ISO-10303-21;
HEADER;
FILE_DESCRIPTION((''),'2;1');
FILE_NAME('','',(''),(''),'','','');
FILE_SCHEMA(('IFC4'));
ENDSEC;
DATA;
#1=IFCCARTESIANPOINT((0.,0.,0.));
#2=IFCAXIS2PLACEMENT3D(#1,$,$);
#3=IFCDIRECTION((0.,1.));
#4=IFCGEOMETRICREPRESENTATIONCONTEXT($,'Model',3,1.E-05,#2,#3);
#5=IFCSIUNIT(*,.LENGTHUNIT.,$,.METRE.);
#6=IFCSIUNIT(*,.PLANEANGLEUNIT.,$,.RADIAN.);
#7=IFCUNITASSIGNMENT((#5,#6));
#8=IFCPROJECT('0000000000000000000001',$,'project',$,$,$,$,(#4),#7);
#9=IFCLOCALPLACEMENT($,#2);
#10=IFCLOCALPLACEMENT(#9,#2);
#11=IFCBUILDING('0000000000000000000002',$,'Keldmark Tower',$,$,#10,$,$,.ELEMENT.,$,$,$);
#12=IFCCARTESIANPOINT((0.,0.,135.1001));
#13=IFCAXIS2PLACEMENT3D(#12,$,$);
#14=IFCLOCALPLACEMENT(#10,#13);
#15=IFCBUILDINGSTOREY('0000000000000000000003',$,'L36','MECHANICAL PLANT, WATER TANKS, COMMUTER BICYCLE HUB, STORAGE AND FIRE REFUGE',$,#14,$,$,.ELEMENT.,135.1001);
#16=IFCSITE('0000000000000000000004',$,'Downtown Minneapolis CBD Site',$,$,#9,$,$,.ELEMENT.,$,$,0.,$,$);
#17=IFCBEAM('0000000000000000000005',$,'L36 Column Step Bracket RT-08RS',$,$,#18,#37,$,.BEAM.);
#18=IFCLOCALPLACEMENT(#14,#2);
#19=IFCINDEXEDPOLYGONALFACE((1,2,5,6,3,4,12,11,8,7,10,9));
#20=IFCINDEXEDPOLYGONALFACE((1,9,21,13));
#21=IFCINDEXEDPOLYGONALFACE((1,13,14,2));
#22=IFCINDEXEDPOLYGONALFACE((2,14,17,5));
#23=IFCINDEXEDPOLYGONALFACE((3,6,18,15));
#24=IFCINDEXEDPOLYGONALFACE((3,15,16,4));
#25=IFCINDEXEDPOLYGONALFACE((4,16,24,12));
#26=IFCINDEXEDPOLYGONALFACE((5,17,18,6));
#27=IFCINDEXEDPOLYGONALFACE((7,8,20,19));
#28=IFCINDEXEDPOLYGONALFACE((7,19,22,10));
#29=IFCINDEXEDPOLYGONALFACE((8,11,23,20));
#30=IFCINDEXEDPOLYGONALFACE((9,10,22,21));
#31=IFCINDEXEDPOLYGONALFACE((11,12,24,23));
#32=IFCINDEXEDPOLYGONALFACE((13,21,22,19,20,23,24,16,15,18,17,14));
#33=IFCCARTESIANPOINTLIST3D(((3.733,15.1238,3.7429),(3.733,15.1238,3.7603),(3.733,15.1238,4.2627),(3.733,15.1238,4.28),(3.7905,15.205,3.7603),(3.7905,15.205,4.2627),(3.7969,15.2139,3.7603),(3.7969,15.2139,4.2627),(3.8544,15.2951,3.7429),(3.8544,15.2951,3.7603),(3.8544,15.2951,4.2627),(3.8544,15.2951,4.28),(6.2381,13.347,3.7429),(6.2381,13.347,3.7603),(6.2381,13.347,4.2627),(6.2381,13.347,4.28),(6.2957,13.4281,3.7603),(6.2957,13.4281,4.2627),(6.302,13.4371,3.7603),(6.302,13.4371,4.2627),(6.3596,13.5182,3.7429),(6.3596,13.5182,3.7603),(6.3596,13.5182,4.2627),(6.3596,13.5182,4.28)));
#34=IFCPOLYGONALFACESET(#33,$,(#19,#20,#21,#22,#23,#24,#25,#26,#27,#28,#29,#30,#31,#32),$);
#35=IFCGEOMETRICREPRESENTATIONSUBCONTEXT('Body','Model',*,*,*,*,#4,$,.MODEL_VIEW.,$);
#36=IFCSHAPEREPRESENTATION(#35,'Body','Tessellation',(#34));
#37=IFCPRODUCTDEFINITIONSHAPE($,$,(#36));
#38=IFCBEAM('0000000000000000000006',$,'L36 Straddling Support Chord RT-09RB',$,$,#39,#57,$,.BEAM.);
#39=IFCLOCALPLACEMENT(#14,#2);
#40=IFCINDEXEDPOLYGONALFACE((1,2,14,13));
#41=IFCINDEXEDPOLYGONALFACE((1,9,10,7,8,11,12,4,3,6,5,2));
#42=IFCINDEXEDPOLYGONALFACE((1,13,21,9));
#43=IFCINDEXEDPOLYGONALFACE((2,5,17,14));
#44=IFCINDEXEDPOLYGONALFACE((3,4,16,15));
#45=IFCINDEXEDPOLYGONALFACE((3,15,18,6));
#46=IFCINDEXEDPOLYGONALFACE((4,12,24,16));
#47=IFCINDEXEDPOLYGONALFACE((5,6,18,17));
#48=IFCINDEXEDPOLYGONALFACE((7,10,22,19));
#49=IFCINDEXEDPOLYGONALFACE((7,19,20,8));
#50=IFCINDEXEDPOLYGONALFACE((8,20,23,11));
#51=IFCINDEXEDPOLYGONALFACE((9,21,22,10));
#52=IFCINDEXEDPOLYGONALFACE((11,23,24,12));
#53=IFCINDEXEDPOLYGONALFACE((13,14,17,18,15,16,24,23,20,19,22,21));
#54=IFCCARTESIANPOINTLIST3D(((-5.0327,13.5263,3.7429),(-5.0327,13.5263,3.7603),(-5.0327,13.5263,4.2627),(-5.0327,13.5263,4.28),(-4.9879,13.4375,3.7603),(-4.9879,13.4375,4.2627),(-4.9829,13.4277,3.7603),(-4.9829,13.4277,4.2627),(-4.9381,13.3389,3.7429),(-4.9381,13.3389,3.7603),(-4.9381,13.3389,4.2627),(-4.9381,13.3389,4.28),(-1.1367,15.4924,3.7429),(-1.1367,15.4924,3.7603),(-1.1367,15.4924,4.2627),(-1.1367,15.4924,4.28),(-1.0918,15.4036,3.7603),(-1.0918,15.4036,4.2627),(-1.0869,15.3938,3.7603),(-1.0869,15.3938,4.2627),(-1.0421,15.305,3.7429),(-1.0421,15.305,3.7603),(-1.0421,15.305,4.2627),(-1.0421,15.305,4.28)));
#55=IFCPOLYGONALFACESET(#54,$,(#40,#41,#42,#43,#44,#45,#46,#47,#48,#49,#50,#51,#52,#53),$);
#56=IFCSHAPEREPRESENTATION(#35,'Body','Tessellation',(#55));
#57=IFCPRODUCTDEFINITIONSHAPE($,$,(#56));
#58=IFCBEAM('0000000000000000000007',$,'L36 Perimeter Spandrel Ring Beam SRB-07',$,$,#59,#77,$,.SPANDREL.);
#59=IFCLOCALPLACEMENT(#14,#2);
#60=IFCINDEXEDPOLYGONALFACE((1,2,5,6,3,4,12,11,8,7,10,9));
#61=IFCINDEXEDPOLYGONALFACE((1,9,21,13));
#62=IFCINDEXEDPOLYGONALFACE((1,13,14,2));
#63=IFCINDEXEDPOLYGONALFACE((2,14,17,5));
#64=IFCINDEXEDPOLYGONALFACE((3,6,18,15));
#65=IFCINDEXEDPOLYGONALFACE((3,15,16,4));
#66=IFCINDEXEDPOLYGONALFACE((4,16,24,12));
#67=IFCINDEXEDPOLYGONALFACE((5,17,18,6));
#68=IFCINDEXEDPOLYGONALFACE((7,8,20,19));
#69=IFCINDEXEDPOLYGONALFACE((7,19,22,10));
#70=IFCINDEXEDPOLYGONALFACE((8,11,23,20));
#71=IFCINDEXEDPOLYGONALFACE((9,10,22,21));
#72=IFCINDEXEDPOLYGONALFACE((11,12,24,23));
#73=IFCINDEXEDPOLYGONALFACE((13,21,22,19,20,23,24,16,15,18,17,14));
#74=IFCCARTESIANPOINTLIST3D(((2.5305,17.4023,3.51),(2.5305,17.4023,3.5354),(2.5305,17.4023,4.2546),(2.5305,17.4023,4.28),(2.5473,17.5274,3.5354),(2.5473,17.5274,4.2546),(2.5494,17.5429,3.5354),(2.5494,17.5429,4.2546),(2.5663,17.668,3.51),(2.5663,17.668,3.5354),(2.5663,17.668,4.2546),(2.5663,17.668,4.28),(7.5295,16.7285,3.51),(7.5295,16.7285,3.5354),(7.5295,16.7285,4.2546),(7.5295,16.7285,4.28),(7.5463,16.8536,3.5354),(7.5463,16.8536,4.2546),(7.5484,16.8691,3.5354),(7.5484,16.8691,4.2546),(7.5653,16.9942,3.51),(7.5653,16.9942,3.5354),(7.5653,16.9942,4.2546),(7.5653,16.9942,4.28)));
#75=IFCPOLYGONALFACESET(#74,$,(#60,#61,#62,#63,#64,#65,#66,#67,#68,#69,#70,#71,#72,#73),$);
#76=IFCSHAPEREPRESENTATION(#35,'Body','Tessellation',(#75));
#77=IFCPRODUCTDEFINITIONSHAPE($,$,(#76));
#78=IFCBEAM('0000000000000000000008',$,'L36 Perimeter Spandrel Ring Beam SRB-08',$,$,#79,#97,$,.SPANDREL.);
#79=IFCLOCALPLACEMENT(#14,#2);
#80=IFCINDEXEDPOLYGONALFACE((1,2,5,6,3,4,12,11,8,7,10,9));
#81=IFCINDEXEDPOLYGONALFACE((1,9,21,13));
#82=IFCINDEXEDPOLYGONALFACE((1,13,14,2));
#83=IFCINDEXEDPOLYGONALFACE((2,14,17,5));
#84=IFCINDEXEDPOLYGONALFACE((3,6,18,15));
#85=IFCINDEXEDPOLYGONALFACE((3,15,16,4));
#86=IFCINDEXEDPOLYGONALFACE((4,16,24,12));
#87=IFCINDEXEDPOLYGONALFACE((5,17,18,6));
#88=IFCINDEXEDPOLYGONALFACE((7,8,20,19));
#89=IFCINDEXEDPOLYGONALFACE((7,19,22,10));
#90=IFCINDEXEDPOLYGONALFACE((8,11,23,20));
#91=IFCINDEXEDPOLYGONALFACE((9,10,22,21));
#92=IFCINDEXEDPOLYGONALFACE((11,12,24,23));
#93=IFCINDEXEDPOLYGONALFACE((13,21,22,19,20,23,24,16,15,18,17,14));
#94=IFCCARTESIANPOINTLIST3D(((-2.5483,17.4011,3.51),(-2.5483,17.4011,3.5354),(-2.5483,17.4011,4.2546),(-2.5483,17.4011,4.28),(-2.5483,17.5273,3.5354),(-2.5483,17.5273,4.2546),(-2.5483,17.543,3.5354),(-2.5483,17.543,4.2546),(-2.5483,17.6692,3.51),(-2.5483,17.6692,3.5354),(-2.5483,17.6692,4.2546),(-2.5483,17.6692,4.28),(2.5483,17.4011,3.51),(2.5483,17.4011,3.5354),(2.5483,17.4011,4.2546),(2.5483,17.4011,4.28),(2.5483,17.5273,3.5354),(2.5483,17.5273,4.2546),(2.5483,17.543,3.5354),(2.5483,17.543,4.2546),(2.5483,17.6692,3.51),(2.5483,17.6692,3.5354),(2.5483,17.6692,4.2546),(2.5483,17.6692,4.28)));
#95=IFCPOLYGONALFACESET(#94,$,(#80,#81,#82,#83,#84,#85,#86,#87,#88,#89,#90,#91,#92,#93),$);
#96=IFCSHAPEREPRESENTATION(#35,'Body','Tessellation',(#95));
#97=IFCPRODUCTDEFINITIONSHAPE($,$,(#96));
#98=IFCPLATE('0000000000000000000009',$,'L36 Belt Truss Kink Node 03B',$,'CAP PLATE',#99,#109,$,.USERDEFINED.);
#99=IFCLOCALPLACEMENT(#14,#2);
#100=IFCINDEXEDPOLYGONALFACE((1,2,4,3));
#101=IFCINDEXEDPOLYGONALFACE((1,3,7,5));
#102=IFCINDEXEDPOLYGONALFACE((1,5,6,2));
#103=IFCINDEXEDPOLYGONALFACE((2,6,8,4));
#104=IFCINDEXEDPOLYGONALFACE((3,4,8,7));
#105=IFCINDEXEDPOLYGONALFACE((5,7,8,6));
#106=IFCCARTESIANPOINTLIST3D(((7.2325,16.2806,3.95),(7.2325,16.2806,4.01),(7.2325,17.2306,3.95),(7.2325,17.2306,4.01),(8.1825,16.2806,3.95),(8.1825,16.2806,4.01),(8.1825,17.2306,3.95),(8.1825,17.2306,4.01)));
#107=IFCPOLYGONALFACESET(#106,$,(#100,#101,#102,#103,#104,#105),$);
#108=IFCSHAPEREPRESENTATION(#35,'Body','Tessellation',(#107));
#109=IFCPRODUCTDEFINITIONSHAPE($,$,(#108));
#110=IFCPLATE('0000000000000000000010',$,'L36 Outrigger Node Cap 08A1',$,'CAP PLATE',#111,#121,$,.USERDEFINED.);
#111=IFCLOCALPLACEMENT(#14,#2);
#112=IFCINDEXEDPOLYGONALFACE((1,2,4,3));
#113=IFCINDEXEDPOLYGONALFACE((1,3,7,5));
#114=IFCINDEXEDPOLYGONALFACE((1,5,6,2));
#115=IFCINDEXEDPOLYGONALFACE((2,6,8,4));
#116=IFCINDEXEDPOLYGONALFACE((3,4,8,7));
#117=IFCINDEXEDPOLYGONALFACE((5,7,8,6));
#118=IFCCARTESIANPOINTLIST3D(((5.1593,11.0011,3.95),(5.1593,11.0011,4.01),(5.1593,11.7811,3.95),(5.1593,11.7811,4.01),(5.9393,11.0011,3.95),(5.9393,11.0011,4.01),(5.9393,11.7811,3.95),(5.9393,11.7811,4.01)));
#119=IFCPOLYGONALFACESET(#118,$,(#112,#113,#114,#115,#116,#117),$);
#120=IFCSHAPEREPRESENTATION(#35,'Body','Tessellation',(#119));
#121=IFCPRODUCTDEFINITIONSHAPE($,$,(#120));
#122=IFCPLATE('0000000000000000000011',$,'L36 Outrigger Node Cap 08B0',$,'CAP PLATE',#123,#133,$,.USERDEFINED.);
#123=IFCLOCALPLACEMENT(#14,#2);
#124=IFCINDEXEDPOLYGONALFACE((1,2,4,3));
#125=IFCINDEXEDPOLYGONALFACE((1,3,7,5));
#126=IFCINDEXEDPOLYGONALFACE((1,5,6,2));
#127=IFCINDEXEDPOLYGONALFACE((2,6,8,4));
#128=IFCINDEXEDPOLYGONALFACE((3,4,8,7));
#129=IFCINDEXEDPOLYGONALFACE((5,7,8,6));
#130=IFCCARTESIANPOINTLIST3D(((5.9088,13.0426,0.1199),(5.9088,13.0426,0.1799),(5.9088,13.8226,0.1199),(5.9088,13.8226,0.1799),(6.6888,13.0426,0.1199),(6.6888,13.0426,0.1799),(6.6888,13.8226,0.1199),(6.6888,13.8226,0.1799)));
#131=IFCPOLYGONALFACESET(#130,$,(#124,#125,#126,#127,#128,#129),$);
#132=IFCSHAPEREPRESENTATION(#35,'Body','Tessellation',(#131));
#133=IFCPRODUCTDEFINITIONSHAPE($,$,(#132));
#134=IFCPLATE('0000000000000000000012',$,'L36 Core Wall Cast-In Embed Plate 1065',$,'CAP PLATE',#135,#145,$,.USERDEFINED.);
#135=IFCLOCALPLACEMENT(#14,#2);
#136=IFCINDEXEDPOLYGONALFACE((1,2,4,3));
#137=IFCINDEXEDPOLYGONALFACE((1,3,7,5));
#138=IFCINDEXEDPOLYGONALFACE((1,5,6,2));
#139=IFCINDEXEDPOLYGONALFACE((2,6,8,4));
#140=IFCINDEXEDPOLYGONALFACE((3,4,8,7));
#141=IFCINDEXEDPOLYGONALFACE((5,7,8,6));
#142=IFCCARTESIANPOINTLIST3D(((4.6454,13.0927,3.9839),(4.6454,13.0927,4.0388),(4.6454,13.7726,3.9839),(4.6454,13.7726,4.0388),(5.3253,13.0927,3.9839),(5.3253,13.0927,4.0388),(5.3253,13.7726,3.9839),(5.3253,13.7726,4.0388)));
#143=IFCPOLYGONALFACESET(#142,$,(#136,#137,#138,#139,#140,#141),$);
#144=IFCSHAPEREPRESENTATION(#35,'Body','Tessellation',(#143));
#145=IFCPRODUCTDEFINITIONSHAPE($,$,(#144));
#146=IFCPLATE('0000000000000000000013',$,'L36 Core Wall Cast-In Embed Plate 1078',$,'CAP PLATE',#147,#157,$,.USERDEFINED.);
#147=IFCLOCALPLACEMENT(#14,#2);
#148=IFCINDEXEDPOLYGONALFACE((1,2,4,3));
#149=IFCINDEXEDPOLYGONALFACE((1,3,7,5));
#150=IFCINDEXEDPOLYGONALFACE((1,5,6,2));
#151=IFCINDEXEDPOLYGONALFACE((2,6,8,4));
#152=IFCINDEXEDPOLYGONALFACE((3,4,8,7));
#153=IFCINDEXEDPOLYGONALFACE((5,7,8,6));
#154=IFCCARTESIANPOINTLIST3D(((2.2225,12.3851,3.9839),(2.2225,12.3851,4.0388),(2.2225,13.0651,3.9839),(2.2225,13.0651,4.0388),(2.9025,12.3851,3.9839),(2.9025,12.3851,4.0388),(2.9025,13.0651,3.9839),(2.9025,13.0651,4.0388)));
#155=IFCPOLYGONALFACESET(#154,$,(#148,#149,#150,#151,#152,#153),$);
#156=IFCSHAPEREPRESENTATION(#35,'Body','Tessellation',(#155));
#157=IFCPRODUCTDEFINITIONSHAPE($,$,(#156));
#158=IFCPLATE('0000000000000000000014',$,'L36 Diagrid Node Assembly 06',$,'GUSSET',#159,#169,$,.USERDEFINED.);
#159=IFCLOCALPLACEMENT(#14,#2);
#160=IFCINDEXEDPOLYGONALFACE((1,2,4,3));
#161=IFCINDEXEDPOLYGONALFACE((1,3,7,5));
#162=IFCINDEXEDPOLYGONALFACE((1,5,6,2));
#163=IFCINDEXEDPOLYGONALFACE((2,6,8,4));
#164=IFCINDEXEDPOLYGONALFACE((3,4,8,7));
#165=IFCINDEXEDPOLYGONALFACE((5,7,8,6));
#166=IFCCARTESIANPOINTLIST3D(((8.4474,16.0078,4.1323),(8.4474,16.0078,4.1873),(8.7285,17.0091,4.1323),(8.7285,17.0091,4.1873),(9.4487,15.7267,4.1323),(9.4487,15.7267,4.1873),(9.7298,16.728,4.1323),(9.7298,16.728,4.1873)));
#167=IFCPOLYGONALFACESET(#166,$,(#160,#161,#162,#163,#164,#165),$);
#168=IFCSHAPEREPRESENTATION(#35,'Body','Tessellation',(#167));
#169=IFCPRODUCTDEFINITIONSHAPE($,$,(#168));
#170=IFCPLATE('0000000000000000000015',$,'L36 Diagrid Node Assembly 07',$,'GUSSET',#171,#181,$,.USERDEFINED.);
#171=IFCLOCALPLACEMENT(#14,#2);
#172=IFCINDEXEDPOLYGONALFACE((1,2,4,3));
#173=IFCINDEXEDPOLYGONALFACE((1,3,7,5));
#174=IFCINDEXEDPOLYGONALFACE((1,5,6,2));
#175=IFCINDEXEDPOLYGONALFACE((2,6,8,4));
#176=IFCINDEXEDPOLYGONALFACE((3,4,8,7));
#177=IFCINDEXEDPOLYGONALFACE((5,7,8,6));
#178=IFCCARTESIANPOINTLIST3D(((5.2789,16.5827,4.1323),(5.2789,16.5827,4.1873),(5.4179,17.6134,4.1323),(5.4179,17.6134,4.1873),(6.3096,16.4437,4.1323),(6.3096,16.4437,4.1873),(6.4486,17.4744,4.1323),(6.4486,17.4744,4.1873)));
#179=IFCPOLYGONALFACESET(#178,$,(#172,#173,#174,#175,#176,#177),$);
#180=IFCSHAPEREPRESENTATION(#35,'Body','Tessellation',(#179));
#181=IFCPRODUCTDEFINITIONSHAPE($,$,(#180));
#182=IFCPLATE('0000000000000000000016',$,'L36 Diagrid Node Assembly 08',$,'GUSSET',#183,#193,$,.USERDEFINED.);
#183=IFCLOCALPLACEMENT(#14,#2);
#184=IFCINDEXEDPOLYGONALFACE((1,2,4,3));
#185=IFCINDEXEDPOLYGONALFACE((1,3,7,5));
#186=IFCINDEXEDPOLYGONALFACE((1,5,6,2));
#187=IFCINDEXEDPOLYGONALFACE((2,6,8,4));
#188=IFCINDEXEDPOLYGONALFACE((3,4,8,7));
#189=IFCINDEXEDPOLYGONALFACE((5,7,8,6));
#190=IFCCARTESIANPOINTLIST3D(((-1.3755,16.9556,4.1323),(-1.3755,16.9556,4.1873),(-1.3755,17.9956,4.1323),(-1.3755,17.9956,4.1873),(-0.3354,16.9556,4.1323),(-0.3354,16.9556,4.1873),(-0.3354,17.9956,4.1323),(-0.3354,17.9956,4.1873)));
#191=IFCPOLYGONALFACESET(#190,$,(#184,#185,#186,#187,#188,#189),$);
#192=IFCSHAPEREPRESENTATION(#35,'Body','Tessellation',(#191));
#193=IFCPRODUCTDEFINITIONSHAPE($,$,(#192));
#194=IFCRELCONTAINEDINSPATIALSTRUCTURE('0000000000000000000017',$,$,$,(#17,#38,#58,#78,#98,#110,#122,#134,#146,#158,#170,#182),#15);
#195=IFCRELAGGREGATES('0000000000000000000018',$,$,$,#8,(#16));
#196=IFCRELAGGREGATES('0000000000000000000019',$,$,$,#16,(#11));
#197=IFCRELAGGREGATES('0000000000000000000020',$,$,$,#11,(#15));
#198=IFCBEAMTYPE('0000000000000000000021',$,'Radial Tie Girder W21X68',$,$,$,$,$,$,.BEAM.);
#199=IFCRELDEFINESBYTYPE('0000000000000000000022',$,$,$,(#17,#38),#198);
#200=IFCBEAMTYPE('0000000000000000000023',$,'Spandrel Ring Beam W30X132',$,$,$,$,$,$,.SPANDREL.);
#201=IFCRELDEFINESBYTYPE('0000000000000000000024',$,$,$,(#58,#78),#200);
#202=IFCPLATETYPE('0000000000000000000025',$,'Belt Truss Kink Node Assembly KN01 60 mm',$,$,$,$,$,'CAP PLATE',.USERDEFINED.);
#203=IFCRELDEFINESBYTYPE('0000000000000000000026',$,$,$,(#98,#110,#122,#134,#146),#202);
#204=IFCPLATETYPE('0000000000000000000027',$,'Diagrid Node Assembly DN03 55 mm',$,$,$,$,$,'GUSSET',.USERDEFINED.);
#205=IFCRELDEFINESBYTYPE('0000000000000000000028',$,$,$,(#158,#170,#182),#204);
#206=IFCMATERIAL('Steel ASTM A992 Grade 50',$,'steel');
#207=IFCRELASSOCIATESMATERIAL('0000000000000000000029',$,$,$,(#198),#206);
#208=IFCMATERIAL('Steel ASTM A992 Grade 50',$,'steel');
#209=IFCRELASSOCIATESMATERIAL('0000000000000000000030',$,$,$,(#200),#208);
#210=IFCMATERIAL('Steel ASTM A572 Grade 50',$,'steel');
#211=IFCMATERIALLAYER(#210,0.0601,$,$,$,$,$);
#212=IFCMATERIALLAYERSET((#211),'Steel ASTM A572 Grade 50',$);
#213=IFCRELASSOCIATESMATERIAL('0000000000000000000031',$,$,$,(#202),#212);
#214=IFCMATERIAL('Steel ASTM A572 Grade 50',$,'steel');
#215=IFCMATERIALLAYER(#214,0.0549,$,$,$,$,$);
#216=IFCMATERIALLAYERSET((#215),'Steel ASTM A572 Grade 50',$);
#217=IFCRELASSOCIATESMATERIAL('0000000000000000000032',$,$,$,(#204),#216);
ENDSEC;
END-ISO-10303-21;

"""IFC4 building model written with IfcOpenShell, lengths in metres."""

from ifc_helpers import new_model, si_unit, direction, frame, origin, origin_2d, place, context, subcontext, project, spatial, rectangle, i_section, extrude, material, layer, layer_set, material_profile, profile_set, type_object, element, save


model = new_model("IFC4")

# Units and contexts
model_context = context("Model", 3, precision=1e-05, world=origin(), true_north=direction((0.0, 1.0)))
body_context = subcontext(model_context, "Body", "Model", "MODEL_VIEW")
ifc_project = project(units=[si_unit("LENGTHUNIT", "METRE"), si_unit("PLANEANGLEUNIT", "RADIAN")], contexts=[model_context])

# Site, building, storey
site_placement = place(None, origin())
site = spatial("IfcSite", under=ifc_project, at=site_placement, Name="Downtown Minneapolis CBD Site", CompositionType="ELEMENT", RefElevation=0.0)
building_placement = place(site_placement, origin())
building = spatial("IfcBuilding", under=site, at=building_placement, Name="Keldmark Tower", CompositionType="ELEMENT")
storey_placement = place(building_placement, frame((0.0, 0.0, 135.1001)))
storey = spatial("IfcBuildingStorey", under=building, at=storey_placement, Name="L36", Description="MECHANICAL PLANT, WATER TANKS, COMMUTER BICYCLE HUB, STORAGE AND FIRE REFUGE", CompositionType="ELEMENT", Elevation=135.1001)

# Beams
ifc_material_1 = material(Name="Steel ASTM A992 Grade 50", Category="steel")
ifc_material_profile_1 = material_profile(ifc_material_1, i_section(OverallWidth=0.21, OverallDepth=0.5371, WebThickness=0.011, FlangeThickness=0.0173, at=origin_2d()), Name="W21X68")
ifc_profile_set_1 = profile_set([ifc_material_profile_1], Name="Steel ASTM A992 Grade 50")
beam_type_1 = type_object("IfcBeamType", Name="Radial Tie Girder W21X68", PredefinedType="BEAM", material=ifc_profile_set_1)
beam_1_placement = place(storey_placement, frame((6.2988, 13.4326, 4.0115), z_axis=(-0.815657, 0.578536, 0.0), x_axis=(-0.578536, -0.815657, 0.0)))
element("IfcBeam", 1, at=beam_1_placement, inside=storey, type_object=beam_type_1, Name="L36 Column Step Bracket RT-08RS", PredefinedType="BEAM", context=body_context, shape_type="SweptSolid", body=[
    extrude(i_section(OverallWidth=0.21, OverallDepth=0.5371, WebThickness=0.011, FlangeThickness=0.0173, at=origin_2d()), origin(), (0.0, 0.0, 1.0), 3.0713),
])
beam_2_placement = place(storey_placement, frame((-1.0894, 15.3987, 4.0115), z_axis=(-0.892765, -0.450522, 0.0), x_axis=(0.450522, -0.892765, 0.0)))
element("IfcBeam", 2, at=beam_2_placement, inside=storey, type_object=beam_type_1, Name="L36 Straddling Support Chord RT-09RB", PredefinedType="BEAM", context=body_context, shape_type="SweptSolid", body=[
    extrude(i_section(OverallWidth=0.21, OverallDepth=0.5371, WebThickness=0.011, FlangeThickness=0.0173, at=origin_2d()), origin(), (0.0, 0.0, 1.0), 4.364),
])
ifc_material_2 = material(Name="Steel ASTM A992 Grade 50", Category="steel")
ifc_material_profile_2 = material_profile(ifc_material_2, i_section(OverallWidth=0.2681, OverallDepth=0.77, WebThickness=0.0156, FlangeThickness=0.0254, at=origin_2d()), Name="W30X132")
ifc_profile_set_2 = profile_set([ifc_material_profile_2], Name="Steel ASTM A992 Grade 50")
beam_type_2 = type_object("IfcBeamType", Name="Spandrel Ring Beam W30X132", PredefinedType="SPANDREL", material=ifc_profile_set_2)
beam_3_placement = place(storey_placement, frame((7.5474, 16.8613, 3.895), z_axis=(-0.991038, 0.133584, 0.0), x_axis=(-0.133584, -0.991038, 0.0)))
element("IfcBeam", 3, at=beam_3_placement, inside=storey, type_object=beam_type_2, Name="L36 Perimeter Spandrel Ring Beam SRB-07", PredefinedType="SPANDREL", context=body_context, shape_type="SweptSolid", body=[
    extrude(i_section(OverallWidth=0.2681, OverallDepth=0.77, WebThickness=0.0156, FlangeThickness=0.0254, at=origin_2d()), origin(), (0.0, 0.0, 1.0), 5.0442),
])
beam_4_placement = place(storey_placement, frame((2.5483, 17.5352, 3.895), z_axis=(-1.0, 0.0, 0.0), x_axis=(0.0, -1.0, 0.0)))
element("IfcBeam", 4, at=beam_4_placement, inside=storey, type_object=beam_type_2, Name="L36 Perimeter Spandrel Ring Beam SRB-08", PredefinedType="SPANDREL", context=body_context, shape_type="SweptSolid", body=[
    extrude(i_section(OverallWidth=0.2681, OverallDepth=0.77, WebThickness=0.0156, FlangeThickness=0.0254, at=origin_2d()), origin(), (0.0, 0.0, 1.0), 5.0967),
])

# Plates
ifc_material_3 = material(Name="Steel ASTM A572 Grade 50", Category="steel")
ifc_layer_1 = layer(ifc_material_3, 0.0601)
ifc_layer_set_1 = layer_set([ifc_layer_1], Name="Steel ASTM A572 Grade 50")
plate_type_1 = type_object("IfcPlateType", Name="Belt Truss Kink Node Assembly KN01 60 mm", ElementType="CAP PLATE", PredefinedType="USERDEFINED", material=ifc_layer_set_1)
plate_placement = place(storey_placement, frame((7.7075, 16.7556, 3.95), z_axis=(0.0, 0.0, 1.0), x_axis=(1.0, 0.0, 0.0)))
element("IfcPlate", 5, at=plate_placement, inside=storey, type_object=plate_type_1, Name="L36 Belt Truss Kink Node 03B", ObjectType="CAP PLATE", PredefinedType="USERDEFINED", context=body_context, shape_type="SweptSolid", body=[
    extrude(rectangle(XDim=0.95, YDim=0.95, at=origin_2d()), origin(), (0.0, 0.0, 1.0), 0.0601),
])
for number, where, z_axis, x_axis, name in (
    (6, (5.5493, 11.3911, 3.95), (0.0, 0.0, 1.0), (1.0, 0.0, 0.0), "L36 Outrigger Node Cap 08A1"),
    (7, (6.2988, 13.4326, 0.1199), (0.0, 0.0, 1.0), (1.0, 0.0, 0.0), "L36 Outrigger Node Cap 08B0"),
):
    element("IfcPlate", number, at=place(storey_placement, frame(where, z_axis=z_axis, x_axis=x_axis)), inside=storey, type_object=plate_type_1, Name=name, ObjectType="CAP PLATE", PredefinedType="USERDEFINED", context=body_context, shape_type="SweptSolid", body=[
        extrude(rectangle(XDim=0.78, YDim=0.78, at=origin_2d()), origin(), (0.0, 0.0, 1.0), 0.0601),
    ])
for number, where, z_axis, x_axis, name in (
    (8, (4.9854, 13.4326, 3.9839), (0.0, 0.0, 1.0), (1.0, 0.0, 0.0), "L36 Core Wall Cast-In Embed Plate 1065"),
    (9, (2.5625, 12.7251, 3.9839), (0.0, 0.0, 1.0), (1.0, 0.0, 0.0), "L36 Core Wall Cast-In Embed Plate 1078"),
):
    element("IfcPlate", number, at=place(storey_placement, frame(where, z_axis=z_axis, x_axis=x_axis)), inside=storey, type_object=plate_type_1, Name=name, ObjectType="CAP PLATE", PredefinedType="USERDEFINED", context=body_context, shape_type="SweptSolid", body=[
        extrude(rectangle(XDim=0.6799, YDim=0.6799, at=origin_2d()), origin(), (0.0, 0.0, 1.0), 0.0549),
    ])
ifc_material_4 = material(Name="Steel ASTM A572 Grade 50", Category="steel")
ifc_layer_2 = layer(ifc_material_4, 0.0549)
ifc_layer_set_2 = layer_set([ifc_layer_2], Name="Steel ASTM A572 Grade 50")
plate_type_2 = type_object("IfcPlateType", Name="Diagrid Node Assembly DN03 55 mm", ElementType="GUSSET", PredefinedType="USERDEFINED", material=ifc_layer_set_2)
for number, where, z_axis, x_axis, name in (
    (10, (9.0886, 16.3679, 4.1323), (0.0, 0.0, 1.0), (-0.962786, 0.270264, 0.0), "L36 Diagrid Node Assembly 06"),
    (11, (5.8638, 17.0286, 4.1323), (0.0, 0.0, 1.0), (-0.99103, 0.13364, 0.0), "L36 Diagrid Node Assembly 07"),
    (12, (-0.8555, 17.4756, 4.1323), (0.0, 0.0, 1.0), (-1.0, 0.0, 0.0), "L36 Diagrid Node Assembly 08"),
):
    element("IfcPlate", number, at=place(storey_placement, frame(where, z_axis=z_axis, x_axis=x_axis)), inside=storey, type_object=plate_type_2, Name=name, ObjectType="GUSSET", PredefinedType="USERDEFINED", context=body_context, shape_type="SweptSolid", body=[
        extrude(rectangle(XDim=1.04, YDim=1.04, at=origin_2d()), origin(), (0.0, 0.0, 1.0), 0.0549),
    ])

save(model, "model.ifc")
